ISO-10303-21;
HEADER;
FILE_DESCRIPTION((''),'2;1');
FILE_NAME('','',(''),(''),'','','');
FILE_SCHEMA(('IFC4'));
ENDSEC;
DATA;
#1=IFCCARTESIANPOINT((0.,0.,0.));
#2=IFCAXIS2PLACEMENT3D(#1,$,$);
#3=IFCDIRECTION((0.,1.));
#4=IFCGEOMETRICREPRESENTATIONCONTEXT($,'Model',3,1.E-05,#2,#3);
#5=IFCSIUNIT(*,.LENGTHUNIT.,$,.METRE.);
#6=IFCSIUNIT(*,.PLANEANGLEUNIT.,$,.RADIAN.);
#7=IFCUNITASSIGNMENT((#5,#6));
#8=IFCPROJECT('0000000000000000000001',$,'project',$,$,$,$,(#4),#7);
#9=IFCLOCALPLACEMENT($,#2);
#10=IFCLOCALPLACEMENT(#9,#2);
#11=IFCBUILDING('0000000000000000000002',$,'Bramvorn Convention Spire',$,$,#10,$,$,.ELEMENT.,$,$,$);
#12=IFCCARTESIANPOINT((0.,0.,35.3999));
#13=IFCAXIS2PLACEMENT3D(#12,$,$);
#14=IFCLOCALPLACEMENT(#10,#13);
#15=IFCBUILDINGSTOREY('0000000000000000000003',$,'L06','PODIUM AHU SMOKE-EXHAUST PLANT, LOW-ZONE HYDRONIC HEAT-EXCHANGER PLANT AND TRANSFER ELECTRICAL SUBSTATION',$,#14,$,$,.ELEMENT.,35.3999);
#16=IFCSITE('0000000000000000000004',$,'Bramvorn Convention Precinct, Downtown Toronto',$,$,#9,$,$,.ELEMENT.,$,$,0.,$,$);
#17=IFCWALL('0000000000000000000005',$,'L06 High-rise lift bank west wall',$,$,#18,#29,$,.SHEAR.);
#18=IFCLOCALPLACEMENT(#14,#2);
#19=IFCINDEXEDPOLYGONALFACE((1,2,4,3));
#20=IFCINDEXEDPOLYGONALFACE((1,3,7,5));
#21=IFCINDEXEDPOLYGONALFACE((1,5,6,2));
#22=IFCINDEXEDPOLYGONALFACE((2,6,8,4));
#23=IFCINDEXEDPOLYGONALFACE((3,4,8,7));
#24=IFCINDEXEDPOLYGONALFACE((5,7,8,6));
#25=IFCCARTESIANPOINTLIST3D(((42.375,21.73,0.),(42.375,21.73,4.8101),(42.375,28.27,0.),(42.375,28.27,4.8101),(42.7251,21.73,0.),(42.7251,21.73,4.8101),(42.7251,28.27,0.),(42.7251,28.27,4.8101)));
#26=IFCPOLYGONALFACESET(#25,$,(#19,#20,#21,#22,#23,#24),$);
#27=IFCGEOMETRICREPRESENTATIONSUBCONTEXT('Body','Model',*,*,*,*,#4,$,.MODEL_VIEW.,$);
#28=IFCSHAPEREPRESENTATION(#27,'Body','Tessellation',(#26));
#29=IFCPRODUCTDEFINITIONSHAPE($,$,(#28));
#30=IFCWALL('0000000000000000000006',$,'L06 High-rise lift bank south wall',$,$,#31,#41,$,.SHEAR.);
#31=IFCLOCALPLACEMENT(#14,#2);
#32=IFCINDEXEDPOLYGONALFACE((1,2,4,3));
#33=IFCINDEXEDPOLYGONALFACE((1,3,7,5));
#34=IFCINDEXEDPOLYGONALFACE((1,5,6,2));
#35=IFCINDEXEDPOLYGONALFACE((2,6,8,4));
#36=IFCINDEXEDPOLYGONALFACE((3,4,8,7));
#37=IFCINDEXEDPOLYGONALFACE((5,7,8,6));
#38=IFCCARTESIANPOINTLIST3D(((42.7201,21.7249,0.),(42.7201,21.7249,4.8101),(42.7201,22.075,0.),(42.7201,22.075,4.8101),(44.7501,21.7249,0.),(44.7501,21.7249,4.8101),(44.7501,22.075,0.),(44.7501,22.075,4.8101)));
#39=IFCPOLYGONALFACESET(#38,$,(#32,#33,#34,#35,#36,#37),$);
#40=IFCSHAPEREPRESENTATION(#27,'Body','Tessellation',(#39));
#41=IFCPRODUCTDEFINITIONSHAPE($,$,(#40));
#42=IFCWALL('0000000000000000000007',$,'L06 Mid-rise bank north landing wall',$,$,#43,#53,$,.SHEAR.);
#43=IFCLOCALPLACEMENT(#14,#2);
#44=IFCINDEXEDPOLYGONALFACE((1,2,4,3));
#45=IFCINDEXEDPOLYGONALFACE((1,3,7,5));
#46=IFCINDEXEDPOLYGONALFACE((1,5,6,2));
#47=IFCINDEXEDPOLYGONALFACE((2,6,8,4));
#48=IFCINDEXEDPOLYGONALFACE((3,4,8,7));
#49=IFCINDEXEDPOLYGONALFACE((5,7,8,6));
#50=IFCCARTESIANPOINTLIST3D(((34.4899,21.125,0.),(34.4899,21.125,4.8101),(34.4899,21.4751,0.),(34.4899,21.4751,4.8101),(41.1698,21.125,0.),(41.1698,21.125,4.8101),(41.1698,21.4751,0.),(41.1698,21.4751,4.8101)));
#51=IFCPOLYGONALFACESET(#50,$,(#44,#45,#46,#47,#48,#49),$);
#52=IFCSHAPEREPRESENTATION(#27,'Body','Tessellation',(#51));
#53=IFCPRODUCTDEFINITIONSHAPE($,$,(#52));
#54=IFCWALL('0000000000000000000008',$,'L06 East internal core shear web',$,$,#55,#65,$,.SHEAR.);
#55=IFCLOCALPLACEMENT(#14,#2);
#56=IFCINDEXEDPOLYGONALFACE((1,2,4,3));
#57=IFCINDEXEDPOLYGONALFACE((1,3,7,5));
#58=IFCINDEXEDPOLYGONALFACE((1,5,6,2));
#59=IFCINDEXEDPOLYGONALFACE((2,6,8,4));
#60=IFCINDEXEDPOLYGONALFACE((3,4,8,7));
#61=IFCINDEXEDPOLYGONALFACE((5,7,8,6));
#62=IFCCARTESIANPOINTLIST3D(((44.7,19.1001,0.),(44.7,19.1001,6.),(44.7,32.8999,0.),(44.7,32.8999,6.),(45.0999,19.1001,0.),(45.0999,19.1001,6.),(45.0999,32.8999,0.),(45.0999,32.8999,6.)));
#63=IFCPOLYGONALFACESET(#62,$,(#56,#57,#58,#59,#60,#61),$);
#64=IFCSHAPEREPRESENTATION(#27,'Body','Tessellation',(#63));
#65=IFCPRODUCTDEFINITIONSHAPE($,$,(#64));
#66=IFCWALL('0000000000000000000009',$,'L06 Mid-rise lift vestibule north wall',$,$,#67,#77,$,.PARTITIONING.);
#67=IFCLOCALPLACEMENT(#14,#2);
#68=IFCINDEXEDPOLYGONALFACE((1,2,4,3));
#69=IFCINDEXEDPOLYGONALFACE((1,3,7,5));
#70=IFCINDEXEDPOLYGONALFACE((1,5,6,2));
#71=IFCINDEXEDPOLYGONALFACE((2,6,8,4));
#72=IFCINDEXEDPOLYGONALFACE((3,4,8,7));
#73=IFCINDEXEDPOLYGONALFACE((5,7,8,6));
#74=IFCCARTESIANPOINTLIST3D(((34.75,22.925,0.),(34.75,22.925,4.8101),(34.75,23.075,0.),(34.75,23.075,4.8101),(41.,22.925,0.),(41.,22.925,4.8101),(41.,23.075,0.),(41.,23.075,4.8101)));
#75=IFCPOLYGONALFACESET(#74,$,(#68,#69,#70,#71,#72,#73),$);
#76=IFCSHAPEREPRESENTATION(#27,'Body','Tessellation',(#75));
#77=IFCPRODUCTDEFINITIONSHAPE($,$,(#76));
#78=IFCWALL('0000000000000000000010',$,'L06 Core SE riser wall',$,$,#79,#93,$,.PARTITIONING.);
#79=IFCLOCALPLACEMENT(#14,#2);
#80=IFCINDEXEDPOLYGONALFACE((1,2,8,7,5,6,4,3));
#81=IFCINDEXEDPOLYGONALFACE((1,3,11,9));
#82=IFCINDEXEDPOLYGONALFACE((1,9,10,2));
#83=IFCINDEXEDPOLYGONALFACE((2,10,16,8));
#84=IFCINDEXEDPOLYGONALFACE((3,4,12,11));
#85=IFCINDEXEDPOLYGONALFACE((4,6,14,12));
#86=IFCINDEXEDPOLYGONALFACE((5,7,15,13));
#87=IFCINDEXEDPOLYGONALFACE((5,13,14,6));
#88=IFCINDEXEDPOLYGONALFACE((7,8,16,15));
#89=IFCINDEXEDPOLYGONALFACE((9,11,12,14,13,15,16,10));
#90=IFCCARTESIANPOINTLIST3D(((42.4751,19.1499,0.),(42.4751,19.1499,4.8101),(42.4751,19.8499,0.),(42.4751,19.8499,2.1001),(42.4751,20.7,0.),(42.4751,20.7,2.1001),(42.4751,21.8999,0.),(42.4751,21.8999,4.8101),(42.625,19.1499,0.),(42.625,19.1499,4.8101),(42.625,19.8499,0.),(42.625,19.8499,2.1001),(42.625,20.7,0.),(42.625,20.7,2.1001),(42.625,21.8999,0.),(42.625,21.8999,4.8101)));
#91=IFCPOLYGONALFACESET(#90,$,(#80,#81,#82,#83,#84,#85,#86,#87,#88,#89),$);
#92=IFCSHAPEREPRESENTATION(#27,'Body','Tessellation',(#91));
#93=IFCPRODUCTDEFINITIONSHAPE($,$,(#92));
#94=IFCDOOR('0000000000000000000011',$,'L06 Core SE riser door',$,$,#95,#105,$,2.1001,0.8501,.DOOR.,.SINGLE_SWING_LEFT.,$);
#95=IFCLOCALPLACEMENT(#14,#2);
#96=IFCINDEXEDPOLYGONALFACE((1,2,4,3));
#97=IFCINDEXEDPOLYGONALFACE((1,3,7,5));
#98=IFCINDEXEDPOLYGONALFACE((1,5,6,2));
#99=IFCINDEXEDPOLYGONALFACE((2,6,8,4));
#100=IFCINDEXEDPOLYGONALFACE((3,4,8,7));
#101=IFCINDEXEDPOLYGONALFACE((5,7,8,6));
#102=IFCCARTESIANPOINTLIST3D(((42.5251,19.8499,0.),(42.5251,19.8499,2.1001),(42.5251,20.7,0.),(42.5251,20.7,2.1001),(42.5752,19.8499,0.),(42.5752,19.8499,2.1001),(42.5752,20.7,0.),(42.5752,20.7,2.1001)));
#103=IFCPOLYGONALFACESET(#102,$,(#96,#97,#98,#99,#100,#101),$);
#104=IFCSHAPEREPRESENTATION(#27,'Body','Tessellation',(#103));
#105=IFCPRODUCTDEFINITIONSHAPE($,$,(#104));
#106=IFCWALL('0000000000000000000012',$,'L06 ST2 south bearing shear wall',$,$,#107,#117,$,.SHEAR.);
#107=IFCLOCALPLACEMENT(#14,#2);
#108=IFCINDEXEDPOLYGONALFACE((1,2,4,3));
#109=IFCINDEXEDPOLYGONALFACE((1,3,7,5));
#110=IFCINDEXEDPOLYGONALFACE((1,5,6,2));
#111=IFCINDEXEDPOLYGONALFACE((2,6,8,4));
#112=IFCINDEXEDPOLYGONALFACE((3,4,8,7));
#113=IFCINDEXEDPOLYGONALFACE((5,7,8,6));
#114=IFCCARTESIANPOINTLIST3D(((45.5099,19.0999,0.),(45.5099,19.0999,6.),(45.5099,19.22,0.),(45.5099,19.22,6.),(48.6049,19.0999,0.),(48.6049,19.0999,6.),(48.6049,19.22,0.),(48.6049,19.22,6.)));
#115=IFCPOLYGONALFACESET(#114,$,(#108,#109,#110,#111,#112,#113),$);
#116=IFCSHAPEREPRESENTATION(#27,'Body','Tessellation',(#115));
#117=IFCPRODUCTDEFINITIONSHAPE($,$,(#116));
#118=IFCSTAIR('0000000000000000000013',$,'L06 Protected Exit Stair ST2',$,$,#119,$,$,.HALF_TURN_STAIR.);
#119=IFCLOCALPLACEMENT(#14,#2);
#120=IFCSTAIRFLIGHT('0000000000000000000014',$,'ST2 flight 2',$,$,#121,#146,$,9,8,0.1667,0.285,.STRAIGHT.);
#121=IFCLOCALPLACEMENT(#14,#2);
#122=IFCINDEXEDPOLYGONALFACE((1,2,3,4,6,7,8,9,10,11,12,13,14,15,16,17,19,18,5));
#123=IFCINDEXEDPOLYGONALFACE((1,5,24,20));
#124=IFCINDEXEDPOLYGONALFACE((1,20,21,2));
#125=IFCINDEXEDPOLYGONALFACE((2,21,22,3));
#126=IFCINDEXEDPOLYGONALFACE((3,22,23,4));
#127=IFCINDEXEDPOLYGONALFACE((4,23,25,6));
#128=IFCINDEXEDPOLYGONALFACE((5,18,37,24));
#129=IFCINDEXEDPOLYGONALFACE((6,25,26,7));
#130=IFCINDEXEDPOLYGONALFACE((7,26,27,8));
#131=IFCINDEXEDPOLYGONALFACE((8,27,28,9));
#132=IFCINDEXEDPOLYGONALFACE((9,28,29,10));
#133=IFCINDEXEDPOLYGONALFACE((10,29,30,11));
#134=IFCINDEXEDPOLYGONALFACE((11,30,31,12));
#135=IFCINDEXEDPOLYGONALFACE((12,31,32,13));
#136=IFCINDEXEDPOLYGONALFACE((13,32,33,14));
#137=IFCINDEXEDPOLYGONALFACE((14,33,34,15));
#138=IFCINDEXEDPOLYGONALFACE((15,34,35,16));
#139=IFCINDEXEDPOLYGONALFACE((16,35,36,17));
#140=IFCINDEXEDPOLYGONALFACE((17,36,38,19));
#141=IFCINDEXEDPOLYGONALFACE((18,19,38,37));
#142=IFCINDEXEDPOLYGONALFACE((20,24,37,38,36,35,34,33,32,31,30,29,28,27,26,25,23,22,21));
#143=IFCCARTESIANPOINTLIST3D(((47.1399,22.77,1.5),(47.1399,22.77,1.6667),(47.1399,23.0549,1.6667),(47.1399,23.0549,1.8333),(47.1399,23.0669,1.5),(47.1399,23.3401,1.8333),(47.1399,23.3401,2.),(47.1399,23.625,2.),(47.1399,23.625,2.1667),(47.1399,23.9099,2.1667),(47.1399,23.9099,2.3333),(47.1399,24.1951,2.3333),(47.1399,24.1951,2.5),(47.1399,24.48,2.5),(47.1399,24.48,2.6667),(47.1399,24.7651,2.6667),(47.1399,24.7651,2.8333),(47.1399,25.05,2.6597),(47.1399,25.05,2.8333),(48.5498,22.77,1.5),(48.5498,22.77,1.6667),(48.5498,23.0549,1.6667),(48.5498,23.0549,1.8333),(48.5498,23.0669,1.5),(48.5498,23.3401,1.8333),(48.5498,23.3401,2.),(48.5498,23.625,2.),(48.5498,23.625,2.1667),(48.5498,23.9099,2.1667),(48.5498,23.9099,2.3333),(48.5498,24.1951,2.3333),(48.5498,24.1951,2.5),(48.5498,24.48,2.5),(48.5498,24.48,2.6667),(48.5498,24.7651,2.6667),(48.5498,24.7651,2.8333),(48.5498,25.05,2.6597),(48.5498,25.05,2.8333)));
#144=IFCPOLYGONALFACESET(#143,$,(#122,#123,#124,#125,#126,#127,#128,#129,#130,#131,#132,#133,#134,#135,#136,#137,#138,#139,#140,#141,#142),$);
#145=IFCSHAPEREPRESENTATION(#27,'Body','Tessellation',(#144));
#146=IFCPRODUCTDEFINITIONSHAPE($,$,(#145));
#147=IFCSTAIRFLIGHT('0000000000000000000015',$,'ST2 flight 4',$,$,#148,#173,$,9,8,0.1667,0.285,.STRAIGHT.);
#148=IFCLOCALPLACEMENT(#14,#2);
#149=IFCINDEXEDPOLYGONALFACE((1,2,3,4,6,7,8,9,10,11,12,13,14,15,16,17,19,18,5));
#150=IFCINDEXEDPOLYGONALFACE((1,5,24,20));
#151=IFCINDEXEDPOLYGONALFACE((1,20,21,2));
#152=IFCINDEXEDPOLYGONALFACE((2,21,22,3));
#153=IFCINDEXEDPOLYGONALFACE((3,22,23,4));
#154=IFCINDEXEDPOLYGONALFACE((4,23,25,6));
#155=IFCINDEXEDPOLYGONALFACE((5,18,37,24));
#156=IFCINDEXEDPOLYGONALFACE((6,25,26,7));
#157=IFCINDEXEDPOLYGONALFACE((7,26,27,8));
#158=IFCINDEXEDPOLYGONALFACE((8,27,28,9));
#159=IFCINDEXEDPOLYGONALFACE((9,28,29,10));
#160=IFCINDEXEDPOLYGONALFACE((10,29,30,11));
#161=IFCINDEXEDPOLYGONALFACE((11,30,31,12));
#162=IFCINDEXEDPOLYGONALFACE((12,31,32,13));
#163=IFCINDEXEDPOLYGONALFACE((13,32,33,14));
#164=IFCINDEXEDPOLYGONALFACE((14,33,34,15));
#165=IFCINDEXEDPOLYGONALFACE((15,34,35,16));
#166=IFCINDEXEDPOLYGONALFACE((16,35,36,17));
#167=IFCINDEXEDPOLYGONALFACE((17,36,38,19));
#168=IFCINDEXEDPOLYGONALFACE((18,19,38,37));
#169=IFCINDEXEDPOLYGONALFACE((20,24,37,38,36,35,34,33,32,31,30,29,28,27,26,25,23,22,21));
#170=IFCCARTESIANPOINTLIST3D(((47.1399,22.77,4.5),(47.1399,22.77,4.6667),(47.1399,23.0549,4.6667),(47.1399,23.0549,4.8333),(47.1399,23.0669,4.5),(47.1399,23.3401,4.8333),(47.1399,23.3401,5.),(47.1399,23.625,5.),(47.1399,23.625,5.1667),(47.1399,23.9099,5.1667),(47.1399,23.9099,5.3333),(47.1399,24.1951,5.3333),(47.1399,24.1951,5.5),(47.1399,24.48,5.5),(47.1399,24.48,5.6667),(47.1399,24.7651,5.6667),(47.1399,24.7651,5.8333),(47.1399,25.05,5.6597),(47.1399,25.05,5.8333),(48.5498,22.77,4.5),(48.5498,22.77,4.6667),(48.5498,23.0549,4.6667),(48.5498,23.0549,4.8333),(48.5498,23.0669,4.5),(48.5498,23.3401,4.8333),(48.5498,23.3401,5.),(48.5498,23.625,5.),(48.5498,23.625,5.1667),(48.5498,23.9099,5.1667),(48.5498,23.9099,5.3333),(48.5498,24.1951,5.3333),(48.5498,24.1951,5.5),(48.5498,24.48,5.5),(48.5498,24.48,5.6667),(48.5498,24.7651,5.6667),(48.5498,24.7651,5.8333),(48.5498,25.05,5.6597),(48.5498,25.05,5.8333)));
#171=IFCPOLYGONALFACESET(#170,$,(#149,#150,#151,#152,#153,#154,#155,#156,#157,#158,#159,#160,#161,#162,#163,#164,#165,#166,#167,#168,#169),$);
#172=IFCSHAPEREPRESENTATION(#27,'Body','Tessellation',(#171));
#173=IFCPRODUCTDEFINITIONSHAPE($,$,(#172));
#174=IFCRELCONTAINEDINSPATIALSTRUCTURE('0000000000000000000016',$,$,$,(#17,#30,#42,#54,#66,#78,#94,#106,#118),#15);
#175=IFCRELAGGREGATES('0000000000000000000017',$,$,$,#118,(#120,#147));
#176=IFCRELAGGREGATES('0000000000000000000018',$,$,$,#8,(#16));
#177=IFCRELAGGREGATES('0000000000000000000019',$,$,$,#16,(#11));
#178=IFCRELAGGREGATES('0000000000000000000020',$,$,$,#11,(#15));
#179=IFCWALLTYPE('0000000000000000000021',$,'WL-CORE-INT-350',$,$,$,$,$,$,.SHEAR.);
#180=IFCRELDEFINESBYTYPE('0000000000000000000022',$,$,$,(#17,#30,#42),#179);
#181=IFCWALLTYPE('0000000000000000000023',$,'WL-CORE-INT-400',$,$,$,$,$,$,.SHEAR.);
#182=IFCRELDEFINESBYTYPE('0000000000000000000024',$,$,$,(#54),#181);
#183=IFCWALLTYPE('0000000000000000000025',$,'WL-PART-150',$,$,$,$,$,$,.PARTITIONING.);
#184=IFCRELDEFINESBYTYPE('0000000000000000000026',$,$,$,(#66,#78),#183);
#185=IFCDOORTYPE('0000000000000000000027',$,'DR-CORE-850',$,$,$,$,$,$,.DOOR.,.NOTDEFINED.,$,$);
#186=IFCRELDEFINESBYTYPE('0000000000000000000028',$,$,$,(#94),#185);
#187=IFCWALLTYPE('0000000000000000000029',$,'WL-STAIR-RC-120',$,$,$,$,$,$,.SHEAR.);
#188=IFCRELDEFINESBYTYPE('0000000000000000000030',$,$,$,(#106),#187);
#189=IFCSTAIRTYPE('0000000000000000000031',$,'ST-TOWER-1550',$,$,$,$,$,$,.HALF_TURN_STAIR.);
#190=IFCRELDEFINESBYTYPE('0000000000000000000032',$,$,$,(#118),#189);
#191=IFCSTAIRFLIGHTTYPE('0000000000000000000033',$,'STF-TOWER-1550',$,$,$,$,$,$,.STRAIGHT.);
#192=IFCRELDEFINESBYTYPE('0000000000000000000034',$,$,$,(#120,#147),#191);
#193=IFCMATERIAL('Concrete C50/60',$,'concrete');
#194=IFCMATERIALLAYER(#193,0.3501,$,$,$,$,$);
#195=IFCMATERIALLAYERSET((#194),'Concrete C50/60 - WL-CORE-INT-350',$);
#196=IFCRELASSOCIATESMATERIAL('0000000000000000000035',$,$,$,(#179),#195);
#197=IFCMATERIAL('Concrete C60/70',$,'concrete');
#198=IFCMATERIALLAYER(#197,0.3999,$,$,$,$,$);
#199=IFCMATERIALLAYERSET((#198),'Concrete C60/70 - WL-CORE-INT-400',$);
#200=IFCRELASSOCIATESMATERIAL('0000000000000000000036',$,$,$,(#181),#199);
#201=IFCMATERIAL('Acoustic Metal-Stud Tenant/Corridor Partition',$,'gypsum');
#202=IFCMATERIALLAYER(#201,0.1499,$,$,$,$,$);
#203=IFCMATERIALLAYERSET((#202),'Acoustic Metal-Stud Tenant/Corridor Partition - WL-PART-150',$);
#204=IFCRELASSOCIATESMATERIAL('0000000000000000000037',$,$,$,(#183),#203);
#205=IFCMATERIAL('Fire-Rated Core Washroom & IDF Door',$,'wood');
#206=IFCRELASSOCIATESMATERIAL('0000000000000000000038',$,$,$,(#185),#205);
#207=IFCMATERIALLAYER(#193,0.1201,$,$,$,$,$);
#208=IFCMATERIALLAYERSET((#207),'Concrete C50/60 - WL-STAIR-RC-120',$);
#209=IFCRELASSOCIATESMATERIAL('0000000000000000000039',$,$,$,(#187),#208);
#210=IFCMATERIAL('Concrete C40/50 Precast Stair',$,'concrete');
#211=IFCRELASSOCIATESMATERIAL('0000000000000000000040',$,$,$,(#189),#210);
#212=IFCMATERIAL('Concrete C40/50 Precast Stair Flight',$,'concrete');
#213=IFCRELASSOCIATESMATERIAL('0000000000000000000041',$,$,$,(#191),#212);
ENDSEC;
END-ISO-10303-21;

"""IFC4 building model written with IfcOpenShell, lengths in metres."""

from ifc_helpers import new_model, si_unit, direction, frame, frame_2d, origin, place, context, subcontext, project, spatial, polyline, rectangle, outline, extrude, material, layer, layer_set, type_object, element, fill, aggregate, save


model = new_model("IFC4")

# Units and contexts
model_context = context("Model", 3, precision=1e-05, world=origin(), true_north=direction((0.0, 1.0)))
body_context = subcontext(model_context, "Body", "Model", "MODEL_VIEW")
ifc_project = project(units=[si_unit("LENGTHUNIT", "METRE"), si_unit("PLANEANGLEUNIT", "RADIAN")], contexts=[model_context])

# Site, building, storey
site_placement = place(None, origin())
site = spatial("IfcSite", under=ifc_project, at=site_placement, Name="Bramvorn Convention Precinct, Downtown Toronto", CompositionType="ELEMENT", RefElevation=0.0)
building_placement = place(site_placement, origin())
building = spatial("IfcBuilding", under=site, at=building_placement, Name="Bramvorn Convention Spire", CompositionType="ELEMENT")
storey_placement = place(building_placement, frame((0.0, 0.0, 35.3999)))
storey = spatial("IfcBuildingStorey", under=building, at=storey_placement, Name="L06", Description="PODIUM AHU SMOKE-EXHAUST PLANT, LOW-ZONE HYDRONIC HEAT-EXCHANGER PLANT AND TRANSFER ELECTRICAL SUBSTATION", CompositionType="ELEMENT", Elevation=35.3999)

# Walls
ifc_material_1 = material(Name="Concrete C50/60", Category="concrete")
ifc_layer_1 = layer(ifc_material_1, 0.3501)
ifc_layer_set_1 = layer_set([ifc_layer_1], Name="Concrete C50/60 - WL-CORE-INT-350")
wall_type_1 = type_object("IfcWallType", Name="WL-CORE-INT-350", PredefinedType="SHEAR", material=ifc_layer_set_1)
wall_1_placement = place(storey_placement, frame((42.55, 21.73, 0.0), z_axis=(0.0, 0.0, 1.0), x_axis=(0.0, 1.0, 0.0)))
element("IfcWall", 1, at=wall_1_placement, inside=storey, type_object=wall_type_1, Name="L06 High-rise lift bank west wall", PredefinedType="SHEAR", context=body_context, shape_type="SweptSolid", body=[
    extrude(rectangle(XDim=6.54, YDim=0.3501, at=frame_2d((3.27, 0.0))), origin(), (0.0, 0.0, 1.0), 4.8101),
])
wall_2_placement = place(storey_placement, frame((42.72, 21.8999, 0.0), z_axis=(0.0, 0.0, 1.0), x_axis=(1.0, 0.0, 0.0)))
element("IfcWall", 2, at=wall_2_placement, inside=storey, type_object=wall_type_1, Name="L06 High-rise lift bank south wall", PredefinedType="SHEAR", context=body_context, shape_type="SweptSolid", body=[
    extrude(rectangle(XDim=2.03, YDim=0.3501, at=frame_2d((1.0151, 0.0))), origin(), (0.0, 0.0, 1.0), 4.8101),
])
wall_3_placement = place(storey_placement, frame((34.49, 21.3, 0.0), z_axis=(0.0, 0.0, 1.0), x_axis=(1.0, 0.0, 0.0)))
element("IfcWall", 3, at=wall_3_placement, inside=storey, type_object=wall_type_1, Name="L06 Mid-rise bank north landing wall", PredefinedType="SHEAR", context=body_context, shape_type="SweptSolid", body=[
    extrude(rectangle(XDim=6.6799, YDim=0.3501, at=frame_2d((3.3398, 0.0))), origin(), (0.0, 0.0, 1.0), 4.8101),
])
ifc_material_2 = material(Name="Concrete C60/70", Category="concrete")
ifc_layer_2 = layer(ifc_material_2, 0.3999)
ifc_layer_set_2 = layer_set([ifc_layer_2], Name="Concrete C60/70 - WL-CORE-INT-400")
wall_type_2 = type_object("IfcWallType", Name="WL-CORE-INT-400", PredefinedType="SHEAR", material=ifc_layer_set_2)
wall_4_placement = place(storey_placement, frame((44.8999, 19.1001, 0.0), z_axis=(0.0, 0.0, 1.0), x_axis=(0.0, 1.0, 0.0)))
element("IfcWall", 4, at=wall_4_placement, inside=storey, type_object=wall_type_2, Name="L06 East internal core shear web", PredefinedType="SHEAR", context=body_context, shape_type="SweptSolid", body=[
    extrude(rectangle(XDim=13.7998, YDim=0.3999, at=frame_2d((6.8999, 0.0))), origin(), (0.0, 0.0, 1.0), 6.0),
])
ifc_material_3 = material(Name="Acoustic Metal-Stud Tenant/Corridor Partition", Category="gypsum")
ifc_layer_3 = layer(ifc_material_3, 0.1499)
ifc_layer_set_3 = layer_set([ifc_layer_3], Name="Acoustic Metal-Stud Tenant/Corridor Partition - WL-PART-150")
wall_type_3 = type_object("IfcWallType", Name="WL-PART-150", PredefinedType="PARTITIONING", material=ifc_layer_set_3)
wall_5_placement = place(storey_placement, frame((34.75, 23.0, 0.0), z_axis=(0.0, 0.0, 1.0), x_axis=(1.0, 0.0, 0.0)))
element("IfcWall", 5, at=wall_5_placement, inside=storey, type_object=wall_type_3, Name="L06 Mid-rise lift vestibule north wall", PredefinedType="PARTITIONING", context=body_context, shape_type="SweptSolid", body=[
    extrude(rectangle(XDim=6.25, YDim=0.1499, at=frame_2d((3.125, 0.0))), origin(), (0.0, 0.0, 1.0), 4.8101),
])

# Wall, opening, door
wall_6_placement = place(storey_placement, frame((42.55, 19.1499, 0.0), z_axis=(0.0, 0.0, 1.0), x_axis=(0.0, 1.0, 0.0)))
wall_6 = element("IfcWall", 6, at=wall_6_placement, inside=storey, type_object=wall_type_3, Name="L06 Core SE riser wall", PredefinedType="PARTITIONING", context=body_context, shape_type="SweptSolid", body=[
    extrude(rectangle(XDim=2.75, YDim=0.1499, at=frame_2d((1.375, 0.0))), origin(), (0.0, 0.0, 1.0), 4.8101),
])
opening_placement = place(wall_6_placement, frame((0.7, 0.0, 0.0)))
opening = element("IfcOpeningElement", 7, at=opening_placement, cuts=wall_6, PredefinedType="OPENING", context=body_context, shape_type="SweptSolid", body=[
    extrude(rectangle(XDim=0.8501, YDim=2.1001, at=frame_2d((0.425, 1.05))), frame((0.0, 0.085, 0.0), z_axis=(0.0, -1.0, 0.0), x_axis=(1.0, 0.0, 0.0)), (0.0, 0.0, 1.0), 0.1699),
])
ifc_material_4 = material(Name="Fire-Rated Core Washroom & IDF Door", Category="wood")
door_type = type_object("IfcDoorType", Name="DR-CORE-850", OperationType="NOTDEFINED", PredefinedType="DOOR", material=ifc_material_4)
door_placement = place(opening_placement, origin())
door = element("IfcDoor", 8, at=door_placement, inside=storey, type_object=door_type, Name="L06 Core SE riser door", OperationType="SINGLE_SWING_LEFT", OverallHeight=2.1001, OverallWidth=0.8501, PredefinedType="DOOR", context=body_context, shape_type="SweptSolid", body=[
    extrude(rectangle(XDim=0.8501, YDim=2.1001, at=frame_2d((0.425, 1.05))), frame((0.0, 0.0249, 0.0), z_axis=(0.0, -1.0, 0.0), x_axis=(1.0, 0.0, 0.0)), (0.0, 0.0, 1.0), 0.05),
])
fill(opening, door)

# Wall
ifc_layer_4 = layer(ifc_material_1, 0.1201)
ifc_layer_set_4 = layer_set([ifc_layer_4], Name="Concrete C50/60 - WL-STAIR-RC-120")
wall_type_4 = type_object("IfcWallType", Name="WL-STAIR-RC-120", PredefinedType="SHEAR", material=ifc_layer_set_4)
wall_7_placement = place(storey_placement, frame((45.51, 19.1599, 0.0), z_axis=(0.0, 0.0, 1.0), x_axis=(1.0, 0.0, 0.0)))
element("IfcWall", 9, at=wall_7_placement, inside=storey, type_object=wall_type_4, Name="L06 ST2 south bearing shear wall", PredefinedType="SHEAR", context=body_context, shape_type="SweptSolid", body=[
    extrude(rectangle(XDim=3.095, YDim=0.1201, at=frame_2d((1.5474, 0.0))), origin(), (0.0, 0.0, 1.0), 6.0),
])

# Stair, stair flights
ifc_material_5 = material(Name="Concrete C40/50 Precast Stair", Category="concrete")
stair_type = type_object("IfcStairType", Name="ST-TOWER-1550", PredefinedType="HALF_TURN_STAIR", material=ifc_material_5)
stair_1_placement = place(storey_placement, origin())
stair_1 = element("IfcStair", 10, at=stair_1_placement, inside=storey, type_object=stair_type, Name="L06 Protected Exit Stair ST2", PredefinedType="HALF_TURN_STAIR")
ifc_material_6 = material(Name="Concrete C40/50 Precast Stair Flight", Category="concrete")
stair_flight_type = type_object("IfcStairFlightType", Name="STF-TOWER-1550", PredefinedType="STRAIGHT", material=ifc_material_6)
stair_flight_1_placement = place(storey_placement, frame((47.845, 22.77, 1.5), z_axis=(0.0, 0.0, 1.0), x_axis=(0.0, 1.0, 0.0)))
stair_flight_1 = element("IfcStairFlight", 11, at=stair_flight_1_placement, type_object=stair_flight_type, Name="ST2 flight 2", NumberOfRisers=9, NumberOfTreads=8, PredefinedType="STRAIGHT", RiserHeight=0.1667, TreadLength=0.285, context=body_context, shape_type="SweptSolid", body=[
    extrude(outline(polyline([(0.0, 0.0), (0.0, 0.1667), (0.2849, 0.1667), (0.2849, 0.3333), (0.5701, 0.3333), (0.5701, 0.5), (0.855, 0.5), (0.855, 0.6667), (1.1399, 0.6667), (1.1399, 0.8333), (1.425, 0.8333), (1.425, 1.0), (1.71, 1.0), (1.71, 1.1667), (1.9951, 1.1667), (1.9951, 1.3333), (2.28, 1.3333), (2.28, 1.5), (2.28, 1.1597), (0.2969, 0.0), (0.0, 0.0)])), frame((0.0, 0.7051, 0.0), z_axis=(0.0, -1.0, 0.0), x_axis=(1.0, 0.0, 0.0)), (0.0, 0.0, 1.0), 1.4099),
])
stair_flight_2_placement = place(storey_placement, frame((47.845, 22.77, 4.5), z_axis=(0.0, 0.0, 1.0), x_axis=(0.0, 1.0, 0.0)))
stair_flight_2 = element("IfcStairFlight", 12, at=stair_flight_2_placement, type_object=stair_flight_type, Name="ST2 flight 4", NumberOfRisers=9, NumberOfTreads=8, PredefinedType="STRAIGHT", RiserHeight=0.1667, TreadLength=0.285, context=body_context, shape_type="SweptSolid", body=[
    extrude(outline(polyline([(0.0, 0.0), (0.0, 0.1667), (0.2849, 0.1667), (0.2849, 0.3333), (0.5701, 0.3333), (0.5701, 0.5), (0.855, 0.5), (0.855, 0.6667), (1.1399, 0.6667), (1.1399, 0.8333), (1.425, 0.8333), (1.425, 1.0), (1.71, 1.0), (1.71, 1.1667), (1.9951, 1.1667), (1.9951, 1.3333), (2.28, 1.3333), (2.28, 1.5), (2.28, 1.1597), (0.2969, 0.0), (0.0, 0.0)])), frame((0.0, 0.7051, 0.0), z_axis=(0.0, -1.0, 0.0), x_axis=(1.0, 0.0, 0.0)), (0.0, 0.0, 1.0), 1.4099),
])
aggregate(stair_1, [stair_flight_1, stair_flight_2])

save(model, "model.ifc")
